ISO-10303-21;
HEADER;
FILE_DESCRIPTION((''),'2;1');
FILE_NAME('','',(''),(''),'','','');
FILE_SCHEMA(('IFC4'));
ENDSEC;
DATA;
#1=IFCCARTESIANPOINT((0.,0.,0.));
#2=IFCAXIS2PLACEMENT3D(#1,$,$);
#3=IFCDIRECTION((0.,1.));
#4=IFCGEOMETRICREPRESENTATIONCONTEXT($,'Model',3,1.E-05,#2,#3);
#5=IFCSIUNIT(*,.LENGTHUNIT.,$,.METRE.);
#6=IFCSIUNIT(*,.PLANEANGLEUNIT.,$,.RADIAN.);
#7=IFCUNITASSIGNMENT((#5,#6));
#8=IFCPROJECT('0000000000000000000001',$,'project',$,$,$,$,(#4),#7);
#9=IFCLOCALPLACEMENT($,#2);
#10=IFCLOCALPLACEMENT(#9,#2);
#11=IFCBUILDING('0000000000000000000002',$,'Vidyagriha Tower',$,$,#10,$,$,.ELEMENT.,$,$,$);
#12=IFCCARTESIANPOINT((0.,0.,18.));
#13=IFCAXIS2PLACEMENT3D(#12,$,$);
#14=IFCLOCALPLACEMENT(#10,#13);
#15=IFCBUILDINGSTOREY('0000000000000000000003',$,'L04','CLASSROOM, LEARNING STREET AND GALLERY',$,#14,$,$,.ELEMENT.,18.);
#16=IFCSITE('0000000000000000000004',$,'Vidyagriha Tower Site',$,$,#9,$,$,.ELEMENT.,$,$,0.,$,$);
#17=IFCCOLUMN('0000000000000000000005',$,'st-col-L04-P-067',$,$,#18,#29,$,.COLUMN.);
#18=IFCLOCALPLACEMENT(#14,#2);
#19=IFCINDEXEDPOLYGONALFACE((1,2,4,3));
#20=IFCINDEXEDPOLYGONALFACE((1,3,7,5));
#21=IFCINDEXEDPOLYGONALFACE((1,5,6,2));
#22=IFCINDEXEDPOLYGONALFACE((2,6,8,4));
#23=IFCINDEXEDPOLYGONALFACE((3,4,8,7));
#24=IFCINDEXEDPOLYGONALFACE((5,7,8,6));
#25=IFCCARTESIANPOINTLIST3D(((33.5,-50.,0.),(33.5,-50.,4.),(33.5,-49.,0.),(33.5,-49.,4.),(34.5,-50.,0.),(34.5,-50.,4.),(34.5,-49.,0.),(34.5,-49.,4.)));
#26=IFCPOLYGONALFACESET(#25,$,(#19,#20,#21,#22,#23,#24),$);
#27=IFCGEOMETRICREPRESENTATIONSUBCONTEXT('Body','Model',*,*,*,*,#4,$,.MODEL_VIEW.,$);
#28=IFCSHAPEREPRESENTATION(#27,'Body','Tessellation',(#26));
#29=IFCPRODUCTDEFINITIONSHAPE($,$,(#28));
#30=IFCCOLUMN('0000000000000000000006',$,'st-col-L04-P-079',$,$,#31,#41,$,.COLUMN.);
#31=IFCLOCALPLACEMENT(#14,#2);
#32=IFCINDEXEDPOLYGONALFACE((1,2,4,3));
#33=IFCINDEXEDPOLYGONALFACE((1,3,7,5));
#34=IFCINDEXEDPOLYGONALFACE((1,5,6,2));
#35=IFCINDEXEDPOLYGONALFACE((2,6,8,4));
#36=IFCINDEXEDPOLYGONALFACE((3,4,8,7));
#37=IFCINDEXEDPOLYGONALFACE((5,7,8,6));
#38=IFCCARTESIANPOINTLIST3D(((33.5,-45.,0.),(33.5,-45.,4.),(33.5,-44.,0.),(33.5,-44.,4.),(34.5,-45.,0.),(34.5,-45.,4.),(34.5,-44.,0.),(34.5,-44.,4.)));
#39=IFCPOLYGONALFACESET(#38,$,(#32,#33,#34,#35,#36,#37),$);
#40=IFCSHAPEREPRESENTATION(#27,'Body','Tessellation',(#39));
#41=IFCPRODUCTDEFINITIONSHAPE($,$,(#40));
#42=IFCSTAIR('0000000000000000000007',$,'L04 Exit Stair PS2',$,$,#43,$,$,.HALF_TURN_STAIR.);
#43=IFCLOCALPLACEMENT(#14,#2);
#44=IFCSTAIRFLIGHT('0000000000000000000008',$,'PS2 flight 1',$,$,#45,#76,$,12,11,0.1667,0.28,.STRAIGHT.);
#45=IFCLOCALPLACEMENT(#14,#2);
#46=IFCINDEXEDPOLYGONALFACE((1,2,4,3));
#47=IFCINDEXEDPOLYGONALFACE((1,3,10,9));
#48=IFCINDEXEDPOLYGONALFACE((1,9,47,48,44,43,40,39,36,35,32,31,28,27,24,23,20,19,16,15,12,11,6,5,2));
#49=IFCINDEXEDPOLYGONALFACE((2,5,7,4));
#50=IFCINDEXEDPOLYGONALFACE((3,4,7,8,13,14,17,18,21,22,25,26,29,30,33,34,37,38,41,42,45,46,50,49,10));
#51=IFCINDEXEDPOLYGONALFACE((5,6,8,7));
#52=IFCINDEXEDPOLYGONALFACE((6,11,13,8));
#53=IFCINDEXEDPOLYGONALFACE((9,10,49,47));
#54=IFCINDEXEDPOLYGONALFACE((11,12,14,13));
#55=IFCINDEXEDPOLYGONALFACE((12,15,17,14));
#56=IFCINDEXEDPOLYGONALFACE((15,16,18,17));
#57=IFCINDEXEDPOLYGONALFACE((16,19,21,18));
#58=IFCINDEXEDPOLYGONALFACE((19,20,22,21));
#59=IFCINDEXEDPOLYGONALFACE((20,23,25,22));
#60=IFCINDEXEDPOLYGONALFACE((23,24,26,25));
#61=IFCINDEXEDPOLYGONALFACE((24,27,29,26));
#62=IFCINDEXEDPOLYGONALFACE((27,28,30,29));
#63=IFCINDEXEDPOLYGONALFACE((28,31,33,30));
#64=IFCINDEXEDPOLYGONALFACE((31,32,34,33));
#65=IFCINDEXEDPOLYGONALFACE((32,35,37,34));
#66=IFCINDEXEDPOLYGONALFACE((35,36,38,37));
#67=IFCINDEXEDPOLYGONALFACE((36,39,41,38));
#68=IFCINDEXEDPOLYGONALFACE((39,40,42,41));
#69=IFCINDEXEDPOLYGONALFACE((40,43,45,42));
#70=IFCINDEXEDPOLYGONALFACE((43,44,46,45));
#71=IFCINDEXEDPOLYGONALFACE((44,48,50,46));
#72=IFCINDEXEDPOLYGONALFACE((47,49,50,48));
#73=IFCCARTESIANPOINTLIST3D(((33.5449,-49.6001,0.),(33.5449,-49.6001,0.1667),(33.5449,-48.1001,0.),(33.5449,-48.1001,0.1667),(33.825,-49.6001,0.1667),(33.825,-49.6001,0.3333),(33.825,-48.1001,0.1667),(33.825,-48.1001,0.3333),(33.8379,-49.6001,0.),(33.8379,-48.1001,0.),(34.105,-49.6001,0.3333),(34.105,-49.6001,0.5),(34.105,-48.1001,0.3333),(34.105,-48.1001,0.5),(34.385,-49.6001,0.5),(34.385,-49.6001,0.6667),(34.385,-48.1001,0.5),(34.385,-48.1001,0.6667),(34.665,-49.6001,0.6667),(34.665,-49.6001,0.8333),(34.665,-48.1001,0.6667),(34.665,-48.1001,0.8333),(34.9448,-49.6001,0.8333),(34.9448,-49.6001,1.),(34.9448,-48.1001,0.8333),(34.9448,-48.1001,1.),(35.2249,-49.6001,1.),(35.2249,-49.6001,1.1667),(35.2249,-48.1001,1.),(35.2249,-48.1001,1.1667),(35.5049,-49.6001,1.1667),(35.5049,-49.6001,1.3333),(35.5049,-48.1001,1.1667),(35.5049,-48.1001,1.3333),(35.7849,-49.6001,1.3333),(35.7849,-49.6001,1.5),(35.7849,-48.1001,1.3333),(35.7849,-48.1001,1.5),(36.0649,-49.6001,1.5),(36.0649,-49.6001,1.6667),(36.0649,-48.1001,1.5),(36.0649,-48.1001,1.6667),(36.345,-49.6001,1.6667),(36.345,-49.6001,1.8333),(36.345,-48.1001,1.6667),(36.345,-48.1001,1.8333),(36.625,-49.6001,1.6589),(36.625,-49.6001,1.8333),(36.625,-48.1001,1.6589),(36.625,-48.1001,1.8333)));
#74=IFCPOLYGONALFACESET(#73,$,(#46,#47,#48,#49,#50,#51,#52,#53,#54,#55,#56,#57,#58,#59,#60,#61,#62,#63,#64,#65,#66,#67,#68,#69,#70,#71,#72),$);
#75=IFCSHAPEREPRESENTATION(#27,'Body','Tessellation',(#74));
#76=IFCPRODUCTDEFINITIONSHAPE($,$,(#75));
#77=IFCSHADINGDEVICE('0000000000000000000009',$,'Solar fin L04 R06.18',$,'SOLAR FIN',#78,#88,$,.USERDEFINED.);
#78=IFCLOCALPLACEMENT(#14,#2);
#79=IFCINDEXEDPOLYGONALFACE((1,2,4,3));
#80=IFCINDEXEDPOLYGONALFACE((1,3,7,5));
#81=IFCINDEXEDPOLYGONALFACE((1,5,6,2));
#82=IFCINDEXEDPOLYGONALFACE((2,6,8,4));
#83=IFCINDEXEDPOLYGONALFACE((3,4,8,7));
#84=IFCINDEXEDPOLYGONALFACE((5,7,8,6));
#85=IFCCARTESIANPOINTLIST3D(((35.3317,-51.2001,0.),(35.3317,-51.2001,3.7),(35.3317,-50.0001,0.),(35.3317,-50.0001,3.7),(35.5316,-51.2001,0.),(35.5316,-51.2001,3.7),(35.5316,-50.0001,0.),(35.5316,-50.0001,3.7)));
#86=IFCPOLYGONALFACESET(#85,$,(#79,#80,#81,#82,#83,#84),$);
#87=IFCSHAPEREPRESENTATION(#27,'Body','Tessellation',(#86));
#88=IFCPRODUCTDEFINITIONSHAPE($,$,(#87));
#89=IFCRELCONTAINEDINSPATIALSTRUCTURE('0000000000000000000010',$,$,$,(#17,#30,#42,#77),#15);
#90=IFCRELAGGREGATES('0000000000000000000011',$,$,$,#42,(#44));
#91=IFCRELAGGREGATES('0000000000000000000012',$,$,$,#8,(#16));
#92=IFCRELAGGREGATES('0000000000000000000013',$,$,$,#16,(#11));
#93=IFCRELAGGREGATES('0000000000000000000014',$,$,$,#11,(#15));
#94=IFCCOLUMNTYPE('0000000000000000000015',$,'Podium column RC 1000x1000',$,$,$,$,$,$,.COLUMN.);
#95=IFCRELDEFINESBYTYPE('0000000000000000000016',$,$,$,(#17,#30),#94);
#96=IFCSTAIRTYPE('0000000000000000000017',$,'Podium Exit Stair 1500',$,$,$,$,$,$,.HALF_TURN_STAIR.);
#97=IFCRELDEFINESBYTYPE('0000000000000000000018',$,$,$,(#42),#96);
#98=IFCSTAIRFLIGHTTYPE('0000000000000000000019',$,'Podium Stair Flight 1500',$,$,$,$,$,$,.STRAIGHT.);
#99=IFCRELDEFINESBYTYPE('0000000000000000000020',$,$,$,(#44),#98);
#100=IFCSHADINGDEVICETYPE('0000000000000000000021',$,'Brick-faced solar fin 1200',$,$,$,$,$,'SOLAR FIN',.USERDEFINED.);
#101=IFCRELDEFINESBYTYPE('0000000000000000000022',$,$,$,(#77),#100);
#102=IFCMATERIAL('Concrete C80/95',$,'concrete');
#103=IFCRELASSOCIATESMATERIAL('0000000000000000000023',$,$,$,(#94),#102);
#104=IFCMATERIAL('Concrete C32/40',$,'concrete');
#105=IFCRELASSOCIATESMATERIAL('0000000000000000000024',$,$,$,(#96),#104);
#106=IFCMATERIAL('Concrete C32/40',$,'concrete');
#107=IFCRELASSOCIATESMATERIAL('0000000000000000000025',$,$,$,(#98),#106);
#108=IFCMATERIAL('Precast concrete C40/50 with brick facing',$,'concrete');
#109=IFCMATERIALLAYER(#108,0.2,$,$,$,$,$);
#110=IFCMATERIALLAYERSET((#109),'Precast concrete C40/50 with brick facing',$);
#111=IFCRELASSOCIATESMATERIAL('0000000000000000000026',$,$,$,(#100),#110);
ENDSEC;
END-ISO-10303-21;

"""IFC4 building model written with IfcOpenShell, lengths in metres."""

from ifc_helpers import new_model, si_unit, direction, frame, frame_2d, origin, origin_2d, place, context, subcontext, project, spatial, polyline, rectangle, outline, extrude, material, layer, layer_set, material_profile, profile_set, type_object, element, aggregate, save


model = new_model("IFC4")

# Units and contexts
model_context = context("Model", 3, precision=1e-05, world=origin(), true_north=direction((0.0, 1.0)))
body_context = subcontext(model_context, "Body", "Model", "MODEL_VIEW")
ifc_project = project(units=[si_unit("LENGTHUNIT", "METRE"), si_unit("PLANEANGLEUNIT", "RADIAN")], contexts=[model_context])

# Site, building, storey
site_placement = place(None, origin())
site = spatial("IfcSite", under=ifc_project, at=site_placement, Name="Vidyagriha Tower Site", CompositionType="ELEMENT", RefElevation=0.0)
building_placement = place(site_placement, origin())
building = spatial("IfcBuilding", under=site, at=building_placement, Name="Vidyagriha Tower", CompositionType="ELEMENT")
storey_placement = place(building_placement, frame((0.0, 0.0, 18.0)))
storey = spatial("IfcBuildingStorey", under=building, at=storey_placement, Name="L04", Description="CLASSROOM, LEARNING STREET AND GALLERY", CompositionType="ELEMENT", Elevation=18.0)

# Columns
ifc_material_1 = material(Name="Concrete C80/95", Category="concrete")
ifc_material_profile = material_profile(ifc_material_1, rectangle(XDim=1.0, YDim=1.0, at=origin_2d()), Name="RC 1000x1000")
ifc_profile_set = profile_set([ifc_material_profile], Name="Concrete C80/95")
column_type = type_object("IfcColumnType", Name="Podium column RC 1000x1000", PredefinedType="COLUMN", material=ifc_profile_set)
for number, where, name in (
    (1, (34.0, -49.5, 0.0), "st-col-L04-P-067"),
    (2, (34.0, -44.5, 0.0), "st-col-L04-P-079"),
):
    element("IfcColumn", number, at=place(storey_placement, frame(where)), inside=storey, type_object=column_type, Name=name, PredefinedType="COLUMN", context=body_context, shape_type="SweptSolid", body=[
        extrude(rectangle(XDim=1.0, YDim=1.0, at=origin_2d()), origin(), (0.0, 0.0, 1.0), 4.0),
    ])

# Stair, stair flight
ifc_material_2 = material(Name="Concrete C32/40", Category="concrete")
stair_type = type_object("IfcStairType", Name="Podium Exit Stair 1500", PredefinedType="HALF_TURN_STAIR", material=ifc_material_2)
stair_placement = place(storey_placement, origin())
stair = element("IfcStair", 3, at=stair_placement, inside=storey, type_object=stair_type, Name="L04 Exit Stair PS2", PredefinedType="HALF_TURN_STAIR")
ifc_material_3 = material(Name="Concrete C32/40", Category="concrete")
stair_flight_type = type_object("IfcStairFlightType", Name="Podium Stair Flight 1500", PredefinedType="STRAIGHT", material=ifc_material_3)
stair_flight_placement = place(storey_placement, frame((33.5449, -48.8501, 0.0)))
stair_flight = element("IfcStairFlight", 4, at=stair_flight_placement, type_object=stair_flight_type, Name="PS2 flight 1", NumberOfRisers=12, NumberOfTreads=11, PredefinedType="STRAIGHT", RiserHeight=0.1667, TreadLength=0.28, context=body_context, shape_type="SweptSolid", body=[
    extrude(outline(polyline([(0.0, 0.0), (0.0, 0.1667), (0.28, 0.1667), (0.28, 0.3333), (0.5601, 0.3333), (0.5601, 0.5), (0.8401, 0.5), (0.8401, 0.6667), (1.1201, 0.6667), (1.1201, 0.8333), (1.3999, 0.8333), (1.3999, 1.0), (1.6799, 1.0), (1.6799, 1.1667), (1.96, 1.1667), (1.96, 1.3333), (2.24, 1.3333), (2.24, 1.5), (2.52, 1.5), (2.52, 1.6667), (2.8, 1.6667), (2.8, 1.8333), (3.0801, 1.8333), (3.0801, 2.0), (3.0801, 1.6589), (0.293, 0.0), (0.0, 0.0)])), frame((0.0, 0.75, 0.0), z_axis=(0.0, -1.0, 0.0), x_axis=(1.0, 0.0, 0.0)), (0.0, 0.0, 1.0), 1.5),
])
aggregate(stair, [stair_flight])

# Shading device
ifc_material_4 = material(Name="Precast concrete C40/50 with brick facing", Category="concrete")
ifc_layer = layer(ifc_material_4, 0.2)
ifc_layer_set = layer_set([ifc_layer], Name="Precast concrete C40/50 with brick facing")
shading_device_type = type_object("IfcShadingDeviceType", Name="Brick-faced solar fin 1200", ElementType="SOLAR FIN", PredefinedType="USERDEFINED", material=ifc_layer_set)
shading_device_placement = place(storey_placement, frame((35.4316, -50.0, 0.0), z_axis=(0.0, 0.0, 1.0), x_axis=(0.0, -1.0, 0.0)))
element("IfcShadingDevice", 5, at=shading_device_placement, inside=storey, type_object=shading_device_type, Name="Solar fin L04 R06.18", ObjectType="SOLAR FIN", PredefinedType="USERDEFINED", context=body_context, shape_type="SweptSolid", body=[
    extrude(rectangle(XDim=1.2, YDim=0.2, at=frame_2d((0.6001, 0.0))), origin(), (0.0, 0.0, 1.0), 3.7),
])

save(model, "model.ifc")
